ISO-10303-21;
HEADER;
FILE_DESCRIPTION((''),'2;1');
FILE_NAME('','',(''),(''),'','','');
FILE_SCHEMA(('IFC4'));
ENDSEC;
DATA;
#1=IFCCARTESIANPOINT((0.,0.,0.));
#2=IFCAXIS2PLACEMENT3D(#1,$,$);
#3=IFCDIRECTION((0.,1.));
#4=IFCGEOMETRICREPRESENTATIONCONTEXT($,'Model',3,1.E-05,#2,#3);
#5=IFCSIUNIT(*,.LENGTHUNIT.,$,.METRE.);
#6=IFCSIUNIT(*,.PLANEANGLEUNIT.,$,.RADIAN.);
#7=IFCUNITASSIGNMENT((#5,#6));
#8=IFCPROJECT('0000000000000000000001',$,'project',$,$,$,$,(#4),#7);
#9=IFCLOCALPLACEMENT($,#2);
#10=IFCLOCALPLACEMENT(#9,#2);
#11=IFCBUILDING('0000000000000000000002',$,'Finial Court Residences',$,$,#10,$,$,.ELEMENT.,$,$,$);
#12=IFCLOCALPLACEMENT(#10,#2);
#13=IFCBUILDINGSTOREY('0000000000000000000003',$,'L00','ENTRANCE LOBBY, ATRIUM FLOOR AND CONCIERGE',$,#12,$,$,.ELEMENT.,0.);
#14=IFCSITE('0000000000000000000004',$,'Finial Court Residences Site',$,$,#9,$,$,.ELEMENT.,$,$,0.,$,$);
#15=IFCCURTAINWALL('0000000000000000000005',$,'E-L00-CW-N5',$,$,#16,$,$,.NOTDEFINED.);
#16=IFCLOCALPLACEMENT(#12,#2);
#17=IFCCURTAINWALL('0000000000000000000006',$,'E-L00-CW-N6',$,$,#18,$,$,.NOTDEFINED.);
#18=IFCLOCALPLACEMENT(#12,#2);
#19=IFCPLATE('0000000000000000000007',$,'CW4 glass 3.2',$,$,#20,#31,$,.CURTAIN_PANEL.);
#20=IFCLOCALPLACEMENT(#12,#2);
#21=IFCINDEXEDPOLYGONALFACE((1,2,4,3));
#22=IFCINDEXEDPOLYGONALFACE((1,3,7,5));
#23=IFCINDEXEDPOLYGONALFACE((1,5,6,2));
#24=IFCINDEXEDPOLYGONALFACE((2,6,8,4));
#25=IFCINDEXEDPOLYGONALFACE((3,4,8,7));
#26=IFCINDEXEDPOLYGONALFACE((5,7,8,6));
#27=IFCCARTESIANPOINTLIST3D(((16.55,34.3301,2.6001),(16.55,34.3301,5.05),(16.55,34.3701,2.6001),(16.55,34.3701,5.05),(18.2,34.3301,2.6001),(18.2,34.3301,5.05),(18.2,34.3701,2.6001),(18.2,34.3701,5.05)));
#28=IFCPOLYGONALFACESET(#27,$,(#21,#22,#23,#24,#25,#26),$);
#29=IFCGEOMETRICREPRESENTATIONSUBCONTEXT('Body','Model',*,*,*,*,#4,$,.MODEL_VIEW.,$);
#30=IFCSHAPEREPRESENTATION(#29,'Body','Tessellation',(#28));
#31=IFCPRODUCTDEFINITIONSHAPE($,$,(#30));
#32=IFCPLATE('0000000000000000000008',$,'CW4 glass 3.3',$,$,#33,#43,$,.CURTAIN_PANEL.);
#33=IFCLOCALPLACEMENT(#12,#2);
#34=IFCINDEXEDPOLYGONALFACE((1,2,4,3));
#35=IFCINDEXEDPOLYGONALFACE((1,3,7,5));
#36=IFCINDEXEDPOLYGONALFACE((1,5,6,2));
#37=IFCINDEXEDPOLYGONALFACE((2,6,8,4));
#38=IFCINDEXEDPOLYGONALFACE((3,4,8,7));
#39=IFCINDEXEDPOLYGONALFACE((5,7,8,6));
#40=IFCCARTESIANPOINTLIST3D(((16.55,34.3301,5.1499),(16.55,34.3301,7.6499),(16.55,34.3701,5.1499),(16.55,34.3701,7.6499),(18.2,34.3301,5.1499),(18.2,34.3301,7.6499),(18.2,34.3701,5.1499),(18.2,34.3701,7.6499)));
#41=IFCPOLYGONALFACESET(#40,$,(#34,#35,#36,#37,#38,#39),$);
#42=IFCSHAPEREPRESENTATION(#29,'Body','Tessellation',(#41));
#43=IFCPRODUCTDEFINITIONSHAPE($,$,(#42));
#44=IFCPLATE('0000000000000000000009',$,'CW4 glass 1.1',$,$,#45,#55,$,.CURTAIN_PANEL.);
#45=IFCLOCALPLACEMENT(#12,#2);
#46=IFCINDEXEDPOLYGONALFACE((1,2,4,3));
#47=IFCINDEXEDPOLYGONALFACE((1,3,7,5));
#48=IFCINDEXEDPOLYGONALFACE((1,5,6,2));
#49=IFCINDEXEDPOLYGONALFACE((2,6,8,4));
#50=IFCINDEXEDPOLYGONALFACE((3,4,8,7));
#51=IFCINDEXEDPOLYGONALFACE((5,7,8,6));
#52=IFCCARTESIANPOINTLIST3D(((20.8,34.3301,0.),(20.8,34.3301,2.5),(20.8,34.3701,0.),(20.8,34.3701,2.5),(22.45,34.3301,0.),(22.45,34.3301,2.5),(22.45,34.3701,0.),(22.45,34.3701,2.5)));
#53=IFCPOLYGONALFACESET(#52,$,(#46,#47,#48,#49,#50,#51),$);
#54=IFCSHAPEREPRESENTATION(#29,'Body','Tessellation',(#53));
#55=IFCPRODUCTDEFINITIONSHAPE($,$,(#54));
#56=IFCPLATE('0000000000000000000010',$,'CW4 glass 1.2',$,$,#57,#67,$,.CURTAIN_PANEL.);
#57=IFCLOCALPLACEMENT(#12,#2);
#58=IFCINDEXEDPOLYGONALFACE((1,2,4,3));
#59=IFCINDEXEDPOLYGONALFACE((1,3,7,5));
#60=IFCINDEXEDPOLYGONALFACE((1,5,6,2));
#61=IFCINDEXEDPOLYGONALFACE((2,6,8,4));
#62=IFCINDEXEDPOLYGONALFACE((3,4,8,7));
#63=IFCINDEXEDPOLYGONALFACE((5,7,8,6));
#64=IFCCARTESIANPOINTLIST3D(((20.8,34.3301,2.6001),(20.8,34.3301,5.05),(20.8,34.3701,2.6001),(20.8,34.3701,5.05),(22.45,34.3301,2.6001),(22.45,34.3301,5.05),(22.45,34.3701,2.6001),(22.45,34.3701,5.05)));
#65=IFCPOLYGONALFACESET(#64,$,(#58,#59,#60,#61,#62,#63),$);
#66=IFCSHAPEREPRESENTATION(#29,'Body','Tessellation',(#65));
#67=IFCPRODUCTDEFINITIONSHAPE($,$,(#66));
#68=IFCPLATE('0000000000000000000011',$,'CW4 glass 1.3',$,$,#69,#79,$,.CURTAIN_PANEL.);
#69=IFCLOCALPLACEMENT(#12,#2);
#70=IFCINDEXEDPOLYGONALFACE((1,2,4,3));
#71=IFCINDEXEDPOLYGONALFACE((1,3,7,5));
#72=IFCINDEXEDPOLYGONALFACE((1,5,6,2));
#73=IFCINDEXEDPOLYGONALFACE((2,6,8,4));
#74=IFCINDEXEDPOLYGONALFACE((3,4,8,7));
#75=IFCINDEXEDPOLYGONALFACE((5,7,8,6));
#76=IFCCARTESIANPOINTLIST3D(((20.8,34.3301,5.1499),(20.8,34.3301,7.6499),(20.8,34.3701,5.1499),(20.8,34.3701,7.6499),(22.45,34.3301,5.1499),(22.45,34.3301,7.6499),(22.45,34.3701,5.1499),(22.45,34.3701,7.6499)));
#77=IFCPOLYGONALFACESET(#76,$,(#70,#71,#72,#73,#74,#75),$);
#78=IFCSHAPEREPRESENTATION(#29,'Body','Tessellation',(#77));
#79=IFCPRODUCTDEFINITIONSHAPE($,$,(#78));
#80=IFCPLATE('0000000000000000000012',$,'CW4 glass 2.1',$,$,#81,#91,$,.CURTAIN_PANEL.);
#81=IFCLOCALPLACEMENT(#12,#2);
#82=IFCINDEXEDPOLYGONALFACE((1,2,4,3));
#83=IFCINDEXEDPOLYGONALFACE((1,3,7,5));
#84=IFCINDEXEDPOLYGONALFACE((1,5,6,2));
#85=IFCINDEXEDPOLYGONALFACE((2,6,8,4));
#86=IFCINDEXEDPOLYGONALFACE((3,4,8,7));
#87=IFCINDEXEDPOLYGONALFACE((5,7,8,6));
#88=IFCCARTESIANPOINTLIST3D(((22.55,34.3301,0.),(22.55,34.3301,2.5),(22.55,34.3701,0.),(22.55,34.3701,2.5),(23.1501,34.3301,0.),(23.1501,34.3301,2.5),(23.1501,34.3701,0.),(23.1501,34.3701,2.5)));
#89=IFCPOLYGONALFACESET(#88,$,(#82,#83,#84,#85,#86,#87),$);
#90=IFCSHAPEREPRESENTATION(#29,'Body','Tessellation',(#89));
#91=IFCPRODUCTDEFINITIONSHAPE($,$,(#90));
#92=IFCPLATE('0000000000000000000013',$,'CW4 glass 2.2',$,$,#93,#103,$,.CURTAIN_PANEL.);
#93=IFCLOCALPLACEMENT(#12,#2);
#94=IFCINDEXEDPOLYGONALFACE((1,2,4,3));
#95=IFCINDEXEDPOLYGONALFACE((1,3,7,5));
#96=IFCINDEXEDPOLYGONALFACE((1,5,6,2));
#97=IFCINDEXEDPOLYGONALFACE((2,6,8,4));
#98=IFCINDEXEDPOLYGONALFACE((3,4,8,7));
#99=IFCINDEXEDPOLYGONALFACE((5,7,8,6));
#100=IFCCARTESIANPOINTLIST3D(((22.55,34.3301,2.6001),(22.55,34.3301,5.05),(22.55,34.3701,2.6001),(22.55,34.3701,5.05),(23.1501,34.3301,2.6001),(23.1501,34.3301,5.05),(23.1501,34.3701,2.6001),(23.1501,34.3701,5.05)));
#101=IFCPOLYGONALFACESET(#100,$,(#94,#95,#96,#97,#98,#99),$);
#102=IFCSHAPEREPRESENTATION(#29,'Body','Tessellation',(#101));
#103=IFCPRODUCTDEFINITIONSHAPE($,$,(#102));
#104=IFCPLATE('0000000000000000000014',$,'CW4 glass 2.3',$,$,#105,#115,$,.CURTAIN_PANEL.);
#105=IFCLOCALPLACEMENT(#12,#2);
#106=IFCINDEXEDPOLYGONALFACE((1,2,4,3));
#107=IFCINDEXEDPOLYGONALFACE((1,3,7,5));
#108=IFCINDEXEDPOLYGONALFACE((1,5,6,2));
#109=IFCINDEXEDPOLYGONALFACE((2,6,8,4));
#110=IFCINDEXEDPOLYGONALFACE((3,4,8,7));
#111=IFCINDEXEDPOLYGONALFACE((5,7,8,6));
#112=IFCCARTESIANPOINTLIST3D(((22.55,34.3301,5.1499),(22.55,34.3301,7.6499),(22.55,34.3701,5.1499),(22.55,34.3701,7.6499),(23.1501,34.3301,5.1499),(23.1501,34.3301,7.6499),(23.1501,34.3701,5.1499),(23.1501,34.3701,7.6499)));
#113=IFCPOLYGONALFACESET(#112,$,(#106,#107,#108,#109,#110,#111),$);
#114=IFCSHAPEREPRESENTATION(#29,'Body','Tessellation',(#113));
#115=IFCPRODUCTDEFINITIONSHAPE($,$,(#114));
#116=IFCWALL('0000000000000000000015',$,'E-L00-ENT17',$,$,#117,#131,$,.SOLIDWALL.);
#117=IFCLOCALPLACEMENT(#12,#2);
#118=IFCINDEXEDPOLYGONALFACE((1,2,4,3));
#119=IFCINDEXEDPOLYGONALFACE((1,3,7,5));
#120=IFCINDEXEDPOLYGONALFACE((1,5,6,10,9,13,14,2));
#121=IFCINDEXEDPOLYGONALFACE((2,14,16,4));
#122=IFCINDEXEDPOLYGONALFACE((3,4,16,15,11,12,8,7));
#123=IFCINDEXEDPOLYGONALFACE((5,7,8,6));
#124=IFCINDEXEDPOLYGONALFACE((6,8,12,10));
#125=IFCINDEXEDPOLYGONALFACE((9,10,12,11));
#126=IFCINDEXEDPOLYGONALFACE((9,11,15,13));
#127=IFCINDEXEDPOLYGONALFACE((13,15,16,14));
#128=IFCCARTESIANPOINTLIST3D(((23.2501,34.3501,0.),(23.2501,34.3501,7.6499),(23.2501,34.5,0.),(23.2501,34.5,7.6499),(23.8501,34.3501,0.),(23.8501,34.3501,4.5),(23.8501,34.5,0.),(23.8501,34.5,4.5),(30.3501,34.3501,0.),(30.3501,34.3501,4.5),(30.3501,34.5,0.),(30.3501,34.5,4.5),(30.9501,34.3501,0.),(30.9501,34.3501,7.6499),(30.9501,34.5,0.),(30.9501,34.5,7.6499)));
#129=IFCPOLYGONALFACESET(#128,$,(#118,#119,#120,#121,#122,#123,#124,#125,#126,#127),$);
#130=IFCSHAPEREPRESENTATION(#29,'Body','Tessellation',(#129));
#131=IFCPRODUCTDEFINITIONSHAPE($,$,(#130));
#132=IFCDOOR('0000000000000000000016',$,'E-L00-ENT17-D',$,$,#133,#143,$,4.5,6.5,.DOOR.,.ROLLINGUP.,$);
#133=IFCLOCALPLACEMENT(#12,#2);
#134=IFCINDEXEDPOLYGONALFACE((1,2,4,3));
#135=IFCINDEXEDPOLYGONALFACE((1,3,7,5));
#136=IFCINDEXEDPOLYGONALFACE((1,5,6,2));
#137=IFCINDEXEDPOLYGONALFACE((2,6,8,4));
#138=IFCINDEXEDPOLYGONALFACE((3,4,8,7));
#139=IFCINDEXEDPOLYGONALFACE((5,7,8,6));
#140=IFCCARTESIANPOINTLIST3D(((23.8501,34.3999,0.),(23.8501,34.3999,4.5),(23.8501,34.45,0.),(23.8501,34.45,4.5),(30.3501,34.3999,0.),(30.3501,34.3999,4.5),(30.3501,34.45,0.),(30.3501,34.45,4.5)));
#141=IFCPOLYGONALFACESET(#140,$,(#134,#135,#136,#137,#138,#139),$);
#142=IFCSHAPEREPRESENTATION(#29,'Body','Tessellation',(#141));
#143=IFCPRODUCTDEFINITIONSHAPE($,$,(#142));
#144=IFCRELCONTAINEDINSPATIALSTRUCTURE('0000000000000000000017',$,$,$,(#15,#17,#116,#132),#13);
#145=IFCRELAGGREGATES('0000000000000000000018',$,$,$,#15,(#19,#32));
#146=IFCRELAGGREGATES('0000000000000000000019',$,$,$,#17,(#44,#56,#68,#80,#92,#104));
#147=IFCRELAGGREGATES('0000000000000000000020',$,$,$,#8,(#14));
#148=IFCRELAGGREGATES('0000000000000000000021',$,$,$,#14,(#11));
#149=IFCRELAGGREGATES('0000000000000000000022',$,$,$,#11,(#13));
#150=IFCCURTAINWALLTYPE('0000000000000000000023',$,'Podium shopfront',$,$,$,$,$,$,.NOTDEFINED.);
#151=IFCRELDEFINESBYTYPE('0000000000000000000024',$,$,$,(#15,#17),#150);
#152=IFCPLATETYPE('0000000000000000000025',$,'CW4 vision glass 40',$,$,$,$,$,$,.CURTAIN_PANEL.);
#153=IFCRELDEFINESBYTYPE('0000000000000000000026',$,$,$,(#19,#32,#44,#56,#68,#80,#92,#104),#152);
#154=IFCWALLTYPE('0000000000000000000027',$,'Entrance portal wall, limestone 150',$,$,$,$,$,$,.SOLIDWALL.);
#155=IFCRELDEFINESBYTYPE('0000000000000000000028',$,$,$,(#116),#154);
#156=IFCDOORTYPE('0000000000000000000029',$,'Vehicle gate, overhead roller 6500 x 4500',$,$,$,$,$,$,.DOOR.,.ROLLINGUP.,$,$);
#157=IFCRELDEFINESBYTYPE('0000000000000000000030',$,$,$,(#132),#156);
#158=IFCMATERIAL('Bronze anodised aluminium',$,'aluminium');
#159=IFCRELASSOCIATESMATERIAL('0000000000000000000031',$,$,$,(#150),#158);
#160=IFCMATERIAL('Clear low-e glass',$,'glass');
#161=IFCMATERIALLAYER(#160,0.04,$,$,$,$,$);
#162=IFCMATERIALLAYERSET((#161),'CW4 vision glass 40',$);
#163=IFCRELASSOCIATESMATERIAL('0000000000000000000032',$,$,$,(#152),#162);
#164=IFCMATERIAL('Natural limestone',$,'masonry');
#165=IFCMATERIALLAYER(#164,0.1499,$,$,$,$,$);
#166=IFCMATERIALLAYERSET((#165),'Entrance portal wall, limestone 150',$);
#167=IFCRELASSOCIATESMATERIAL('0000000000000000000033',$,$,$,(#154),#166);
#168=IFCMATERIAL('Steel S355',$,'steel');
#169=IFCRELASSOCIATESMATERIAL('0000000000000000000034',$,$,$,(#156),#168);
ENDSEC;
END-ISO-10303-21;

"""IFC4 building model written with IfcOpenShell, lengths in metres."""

from ifc_helpers import new_model, si_unit, direction, frame, frame_2d, origin, origin_2d, place, context, subcontext, project, spatial, rectangle, extrude, material, layer, layer_set, type_object, element, fill, aggregate, save


model = new_model("IFC4")

# Units and contexts
model_context = context("Model", 3, precision=1e-05, world=origin(), true_north=direction((0.0, 1.0)))
body_context = subcontext(model_context, "Body", "Model", "MODEL_VIEW")
ifc_project = project(units=[si_unit("LENGTHUNIT", "METRE"), si_unit("PLANEANGLEUNIT", "RADIAN")], contexts=[model_context])

# Site, building, storey
site_placement = place(None, origin())
site = spatial("IfcSite", under=ifc_project, at=site_placement, Name="Finial Court Residences Site", CompositionType="ELEMENT", RefElevation=0.0)
building_placement = place(site_placement, origin())
building = spatial("IfcBuilding", under=site, at=building_placement, Name="Finial Court Residences", CompositionType="ELEMENT")
storey_placement = place(building_placement, origin())
storey = spatial("IfcBuildingStorey", under=building, at=storey_placement, Name="L00", Description="ENTRANCE LOBBY, ATRIUM FLOOR AND CONCIERGE", CompositionType="ELEMENT", Elevation=0.0)

# Curtain walls
ifc_material_1 = material(Name="Bronze anodised aluminium", Category="aluminium")
curtain_wall_type = type_object("IfcCurtainWallType", Name="Podium shopfront", PredefinedType="NOTDEFINED", material=ifc_material_1)
curtain_wall_1_placement = place(storey_placement, origin())
curtain_wall_1 = element("IfcCurtainWall", 1, at=curtain_wall_1_placement, inside=storey, type_object=curtain_wall_type, Name="E-L00-CW-N5", PredefinedType="NOTDEFINED")
curtain_wall_2_placement = place(storey_placement, origin())
curtain_wall_2 = element("IfcCurtainWall", 2, at=curtain_wall_2_placement, inside=storey, type_object=curtain_wall_type, Name="E-L00-CW-N6", PredefinedType="NOTDEFINED")

# Plates
ifc_material_2 = material(Name="Clear low-e glass", Category="glass")
ifc_layer_1 = layer(ifc_material_2, 0.04)
ifc_layer_set_1 = layer_set([ifc_layer_1], Name="CW4 vision glass 40")
plate_type = type_object("IfcPlateType", Name="CW4 vision glass 40", PredefinedType="CURTAIN_PANEL", material=ifc_layer_set_1)
plate_1_placement = place(storey_placement, frame((17.375, 34.3501, 2.6001), z_axis=(0.0, 0.0, 1.0), x_axis=(1.0, 0.0, 0.0)))
plate_1 = element("IfcPlate", 3, at=plate_1_placement, type_object=plate_type, Name="CW4 glass 3.2", PredefinedType="CURTAIN_PANEL", context=body_context, shape_type="SweptSolid", body=[
    extrude(rectangle(XDim=1.6499, YDim=0.04, at=origin_2d()), origin(), (0.0, 0.0, 1.0), 2.45),
])
plate_2_placement = place(storey_placement, frame((17.375, 34.3501, 5.1499), z_axis=(0.0, 0.0, 1.0), x_axis=(1.0, 0.0, 0.0)))
plate_2 = element("IfcPlate", 4, at=plate_2_placement, type_object=plate_type, Name="CW4 glass 3.3", PredefinedType="CURTAIN_PANEL", context=body_context, shape_type="SweptSolid", body=[
    extrude(rectangle(XDim=1.6499, YDim=0.04, at=origin_2d()), origin(), (0.0, 0.0, 1.0), 2.5),
])
aggregate(curtain_wall_1, [plate_1, plate_2])
plate_3_placement = place(storey_placement, frame((21.625, 34.3501, 0.0), z_axis=(0.0, 0.0, 1.0), x_axis=(1.0, 0.0, 0.0)))
plate_3 = element("IfcPlate", 5, at=plate_3_placement, type_object=plate_type, Name="CW4 glass 1.1", PredefinedType="CURTAIN_PANEL", context=body_context, shape_type="SweptSolid", body=[
    extrude(rectangle(XDim=1.6499, YDim=0.04, at=origin_2d()), origin(), (0.0, 0.0, 1.0), 2.5),
])
plate_4_placement = place(storey_placement, frame((21.625, 34.3501, 2.6001), z_axis=(0.0, 0.0, 1.0), x_axis=(1.0, 0.0, 0.0)))
plate_4 = element("IfcPlate", 6, at=plate_4_placement, type_object=plate_type, Name="CW4 glass 1.2", PredefinedType="CURTAIN_PANEL", context=body_context, shape_type="SweptSolid", body=[
    extrude(rectangle(XDim=1.6499, YDim=0.04, at=origin_2d()), origin(), (0.0, 0.0, 1.0), 2.45),
])
plate_5_placement = place(storey_placement, frame((21.625, 34.3501, 5.1499), z_axis=(0.0, 0.0, 1.0), x_axis=(1.0, 0.0, 0.0)))
plate_5 = element("IfcPlate", 7, at=plate_5_placement, type_object=plate_type, Name="CW4 glass 1.3", PredefinedType="CURTAIN_PANEL", context=body_context, shape_type="SweptSolid", body=[
    extrude(rectangle(XDim=1.6499, YDim=0.04, at=origin_2d()), origin(), (0.0, 0.0, 1.0), 2.5),
])
plate_6_placement = place(storey_placement, frame((22.8501, 34.3501, 0.0), z_axis=(0.0, 0.0, 1.0), x_axis=(1.0, 0.0, 0.0)))
plate_6 = element("IfcPlate", 8, at=plate_6_placement, type_object=plate_type, Name="CW4 glass 2.1", PredefinedType="CURTAIN_PANEL", context=body_context, shape_type="SweptSolid", body=[
    extrude(rectangle(XDim=0.6001, YDim=0.04, at=origin_2d()), origin(), (0.0, 0.0, 1.0), 2.5),
])
plate_7_placement = place(storey_placement, frame((22.8501, 34.3501, 2.6001), z_axis=(0.0, 0.0, 1.0), x_axis=(1.0, 0.0, 0.0)))
plate_7 = element("IfcPlate", 9, at=plate_7_placement, type_object=plate_type, Name="CW4 glass 2.2", PredefinedType="CURTAIN_PANEL", context=body_context, shape_type="SweptSolid", body=[
    extrude(rectangle(XDim=0.6001, YDim=0.04, at=origin_2d()), origin(), (0.0, 0.0, 1.0), 2.45),
])
plate_8_placement = place(storey_placement, frame((22.8501, 34.3501, 5.1499), z_axis=(0.0, 0.0, 1.0), x_axis=(1.0, 0.0, 0.0)))
plate_8 = element("IfcPlate", 10, at=plate_8_placement, type_object=plate_type, Name="CW4 glass 2.3", PredefinedType="CURTAIN_PANEL", context=body_context, shape_type="SweptSolid", body=[
    extrude(rectangle(XDim=0.6001, YDim=0.04, at=origin_2d()), origin(), (0.0, 0.0, 1.0), 2.5),
])
aggregate(curtain_wall_2, [plate_3, plate_4, plate_5, plate_6, plate_7, plate_8])

# Wall, opening, door
ifc_material_3 = material(Name="Natural limestone", Category="masonry")
ifc_layer_2 = layer(ifc_material_3, 0.1499)
ifc_layer_set_2 = layer_set([ifc_layer_2], Name="Entrance portal wall, limestone 150")
wall_type = type_object("IfcWallType", Name="Entrance portal wall, limestone 150", PredefinedType="SOLIDWALL", material=ifc_layer_set_2)
wall_1_placement = place(storey_placement, frame((23.25, 34.425, 0.0), z_axis=(0.0, 0.0, 1.0), x_axis=(1.0, 0.0, 0.0)))
wall_1 = element("IfcWall", 11, at=wall_1_placement, inside=storey, type_object=wall_type, Name="E-L00-ENT17", PredefinedType="SOLIDWALL", context=body_context, shape_type="SweptSolid", body=[
    extrude(rectangle(XDim=7.7, YDim=0.1499, at=frame_2d((3.8501, 0.0))), origin(), (0.0, 0.0, 1.0), 7.6499),
])
opening_1_placement = place(wall_1_placement, frame((0.6001, 0.0, 0.0)))
opening_1 = element("IfcOpeningElement", 12, at=opening_1_placement, cuts=wall_1, PredefinedType="OPENING", context=body_context, shape_type="SweptSolid", body=[
    extrude(rectangle(XDim=6.5, YDim=4.5, at=frame_2d((3.25, 2.25))), frame((0.0, 0.085, 0.0), z_axis=(0.0, -1.0, 0.0), x_axis=(1.0, 0.0, 0.0)), (0.0, 0.0, 1.0), 0.1699),
])
ifc_material_4 = material(Name="Steel S355", Category="steel")
door_type_1 = type_object("IfcDoorType", Name="Vehicle gate, overhead roller 6500 x 4500", OperationType="ROLLINGUP", PredefinedType="DOOR", material=ifc_material_4)
door_1_placement = place(opening_1_placement, origin())
door_1 = element("IfcDoor", 13, at=door_1_placement, inside=storey, type_object=door_type_1, Name="E-L00-ENT17-D", OperationType="ROLLINGUP", OverallHeight=4.5, OverallWidth=6.5, PredefinedType="DOOR", context=body_context, shape_type="SweptSolid", body=[
    extrude(rectangle(XDim=6.5, YDim=4.5, at=frame_2d((3.25, 2.25))), frame((0.0, 0.0249, 0.0), z_axis=(0.0, -1.0, 0.0), x_axis=(1.0, 0.0, 0.0)), (0.0, 0.0, 1.0), 0.05),
])
fill(opening_1, door_1)

save(model, "model.ifc")
